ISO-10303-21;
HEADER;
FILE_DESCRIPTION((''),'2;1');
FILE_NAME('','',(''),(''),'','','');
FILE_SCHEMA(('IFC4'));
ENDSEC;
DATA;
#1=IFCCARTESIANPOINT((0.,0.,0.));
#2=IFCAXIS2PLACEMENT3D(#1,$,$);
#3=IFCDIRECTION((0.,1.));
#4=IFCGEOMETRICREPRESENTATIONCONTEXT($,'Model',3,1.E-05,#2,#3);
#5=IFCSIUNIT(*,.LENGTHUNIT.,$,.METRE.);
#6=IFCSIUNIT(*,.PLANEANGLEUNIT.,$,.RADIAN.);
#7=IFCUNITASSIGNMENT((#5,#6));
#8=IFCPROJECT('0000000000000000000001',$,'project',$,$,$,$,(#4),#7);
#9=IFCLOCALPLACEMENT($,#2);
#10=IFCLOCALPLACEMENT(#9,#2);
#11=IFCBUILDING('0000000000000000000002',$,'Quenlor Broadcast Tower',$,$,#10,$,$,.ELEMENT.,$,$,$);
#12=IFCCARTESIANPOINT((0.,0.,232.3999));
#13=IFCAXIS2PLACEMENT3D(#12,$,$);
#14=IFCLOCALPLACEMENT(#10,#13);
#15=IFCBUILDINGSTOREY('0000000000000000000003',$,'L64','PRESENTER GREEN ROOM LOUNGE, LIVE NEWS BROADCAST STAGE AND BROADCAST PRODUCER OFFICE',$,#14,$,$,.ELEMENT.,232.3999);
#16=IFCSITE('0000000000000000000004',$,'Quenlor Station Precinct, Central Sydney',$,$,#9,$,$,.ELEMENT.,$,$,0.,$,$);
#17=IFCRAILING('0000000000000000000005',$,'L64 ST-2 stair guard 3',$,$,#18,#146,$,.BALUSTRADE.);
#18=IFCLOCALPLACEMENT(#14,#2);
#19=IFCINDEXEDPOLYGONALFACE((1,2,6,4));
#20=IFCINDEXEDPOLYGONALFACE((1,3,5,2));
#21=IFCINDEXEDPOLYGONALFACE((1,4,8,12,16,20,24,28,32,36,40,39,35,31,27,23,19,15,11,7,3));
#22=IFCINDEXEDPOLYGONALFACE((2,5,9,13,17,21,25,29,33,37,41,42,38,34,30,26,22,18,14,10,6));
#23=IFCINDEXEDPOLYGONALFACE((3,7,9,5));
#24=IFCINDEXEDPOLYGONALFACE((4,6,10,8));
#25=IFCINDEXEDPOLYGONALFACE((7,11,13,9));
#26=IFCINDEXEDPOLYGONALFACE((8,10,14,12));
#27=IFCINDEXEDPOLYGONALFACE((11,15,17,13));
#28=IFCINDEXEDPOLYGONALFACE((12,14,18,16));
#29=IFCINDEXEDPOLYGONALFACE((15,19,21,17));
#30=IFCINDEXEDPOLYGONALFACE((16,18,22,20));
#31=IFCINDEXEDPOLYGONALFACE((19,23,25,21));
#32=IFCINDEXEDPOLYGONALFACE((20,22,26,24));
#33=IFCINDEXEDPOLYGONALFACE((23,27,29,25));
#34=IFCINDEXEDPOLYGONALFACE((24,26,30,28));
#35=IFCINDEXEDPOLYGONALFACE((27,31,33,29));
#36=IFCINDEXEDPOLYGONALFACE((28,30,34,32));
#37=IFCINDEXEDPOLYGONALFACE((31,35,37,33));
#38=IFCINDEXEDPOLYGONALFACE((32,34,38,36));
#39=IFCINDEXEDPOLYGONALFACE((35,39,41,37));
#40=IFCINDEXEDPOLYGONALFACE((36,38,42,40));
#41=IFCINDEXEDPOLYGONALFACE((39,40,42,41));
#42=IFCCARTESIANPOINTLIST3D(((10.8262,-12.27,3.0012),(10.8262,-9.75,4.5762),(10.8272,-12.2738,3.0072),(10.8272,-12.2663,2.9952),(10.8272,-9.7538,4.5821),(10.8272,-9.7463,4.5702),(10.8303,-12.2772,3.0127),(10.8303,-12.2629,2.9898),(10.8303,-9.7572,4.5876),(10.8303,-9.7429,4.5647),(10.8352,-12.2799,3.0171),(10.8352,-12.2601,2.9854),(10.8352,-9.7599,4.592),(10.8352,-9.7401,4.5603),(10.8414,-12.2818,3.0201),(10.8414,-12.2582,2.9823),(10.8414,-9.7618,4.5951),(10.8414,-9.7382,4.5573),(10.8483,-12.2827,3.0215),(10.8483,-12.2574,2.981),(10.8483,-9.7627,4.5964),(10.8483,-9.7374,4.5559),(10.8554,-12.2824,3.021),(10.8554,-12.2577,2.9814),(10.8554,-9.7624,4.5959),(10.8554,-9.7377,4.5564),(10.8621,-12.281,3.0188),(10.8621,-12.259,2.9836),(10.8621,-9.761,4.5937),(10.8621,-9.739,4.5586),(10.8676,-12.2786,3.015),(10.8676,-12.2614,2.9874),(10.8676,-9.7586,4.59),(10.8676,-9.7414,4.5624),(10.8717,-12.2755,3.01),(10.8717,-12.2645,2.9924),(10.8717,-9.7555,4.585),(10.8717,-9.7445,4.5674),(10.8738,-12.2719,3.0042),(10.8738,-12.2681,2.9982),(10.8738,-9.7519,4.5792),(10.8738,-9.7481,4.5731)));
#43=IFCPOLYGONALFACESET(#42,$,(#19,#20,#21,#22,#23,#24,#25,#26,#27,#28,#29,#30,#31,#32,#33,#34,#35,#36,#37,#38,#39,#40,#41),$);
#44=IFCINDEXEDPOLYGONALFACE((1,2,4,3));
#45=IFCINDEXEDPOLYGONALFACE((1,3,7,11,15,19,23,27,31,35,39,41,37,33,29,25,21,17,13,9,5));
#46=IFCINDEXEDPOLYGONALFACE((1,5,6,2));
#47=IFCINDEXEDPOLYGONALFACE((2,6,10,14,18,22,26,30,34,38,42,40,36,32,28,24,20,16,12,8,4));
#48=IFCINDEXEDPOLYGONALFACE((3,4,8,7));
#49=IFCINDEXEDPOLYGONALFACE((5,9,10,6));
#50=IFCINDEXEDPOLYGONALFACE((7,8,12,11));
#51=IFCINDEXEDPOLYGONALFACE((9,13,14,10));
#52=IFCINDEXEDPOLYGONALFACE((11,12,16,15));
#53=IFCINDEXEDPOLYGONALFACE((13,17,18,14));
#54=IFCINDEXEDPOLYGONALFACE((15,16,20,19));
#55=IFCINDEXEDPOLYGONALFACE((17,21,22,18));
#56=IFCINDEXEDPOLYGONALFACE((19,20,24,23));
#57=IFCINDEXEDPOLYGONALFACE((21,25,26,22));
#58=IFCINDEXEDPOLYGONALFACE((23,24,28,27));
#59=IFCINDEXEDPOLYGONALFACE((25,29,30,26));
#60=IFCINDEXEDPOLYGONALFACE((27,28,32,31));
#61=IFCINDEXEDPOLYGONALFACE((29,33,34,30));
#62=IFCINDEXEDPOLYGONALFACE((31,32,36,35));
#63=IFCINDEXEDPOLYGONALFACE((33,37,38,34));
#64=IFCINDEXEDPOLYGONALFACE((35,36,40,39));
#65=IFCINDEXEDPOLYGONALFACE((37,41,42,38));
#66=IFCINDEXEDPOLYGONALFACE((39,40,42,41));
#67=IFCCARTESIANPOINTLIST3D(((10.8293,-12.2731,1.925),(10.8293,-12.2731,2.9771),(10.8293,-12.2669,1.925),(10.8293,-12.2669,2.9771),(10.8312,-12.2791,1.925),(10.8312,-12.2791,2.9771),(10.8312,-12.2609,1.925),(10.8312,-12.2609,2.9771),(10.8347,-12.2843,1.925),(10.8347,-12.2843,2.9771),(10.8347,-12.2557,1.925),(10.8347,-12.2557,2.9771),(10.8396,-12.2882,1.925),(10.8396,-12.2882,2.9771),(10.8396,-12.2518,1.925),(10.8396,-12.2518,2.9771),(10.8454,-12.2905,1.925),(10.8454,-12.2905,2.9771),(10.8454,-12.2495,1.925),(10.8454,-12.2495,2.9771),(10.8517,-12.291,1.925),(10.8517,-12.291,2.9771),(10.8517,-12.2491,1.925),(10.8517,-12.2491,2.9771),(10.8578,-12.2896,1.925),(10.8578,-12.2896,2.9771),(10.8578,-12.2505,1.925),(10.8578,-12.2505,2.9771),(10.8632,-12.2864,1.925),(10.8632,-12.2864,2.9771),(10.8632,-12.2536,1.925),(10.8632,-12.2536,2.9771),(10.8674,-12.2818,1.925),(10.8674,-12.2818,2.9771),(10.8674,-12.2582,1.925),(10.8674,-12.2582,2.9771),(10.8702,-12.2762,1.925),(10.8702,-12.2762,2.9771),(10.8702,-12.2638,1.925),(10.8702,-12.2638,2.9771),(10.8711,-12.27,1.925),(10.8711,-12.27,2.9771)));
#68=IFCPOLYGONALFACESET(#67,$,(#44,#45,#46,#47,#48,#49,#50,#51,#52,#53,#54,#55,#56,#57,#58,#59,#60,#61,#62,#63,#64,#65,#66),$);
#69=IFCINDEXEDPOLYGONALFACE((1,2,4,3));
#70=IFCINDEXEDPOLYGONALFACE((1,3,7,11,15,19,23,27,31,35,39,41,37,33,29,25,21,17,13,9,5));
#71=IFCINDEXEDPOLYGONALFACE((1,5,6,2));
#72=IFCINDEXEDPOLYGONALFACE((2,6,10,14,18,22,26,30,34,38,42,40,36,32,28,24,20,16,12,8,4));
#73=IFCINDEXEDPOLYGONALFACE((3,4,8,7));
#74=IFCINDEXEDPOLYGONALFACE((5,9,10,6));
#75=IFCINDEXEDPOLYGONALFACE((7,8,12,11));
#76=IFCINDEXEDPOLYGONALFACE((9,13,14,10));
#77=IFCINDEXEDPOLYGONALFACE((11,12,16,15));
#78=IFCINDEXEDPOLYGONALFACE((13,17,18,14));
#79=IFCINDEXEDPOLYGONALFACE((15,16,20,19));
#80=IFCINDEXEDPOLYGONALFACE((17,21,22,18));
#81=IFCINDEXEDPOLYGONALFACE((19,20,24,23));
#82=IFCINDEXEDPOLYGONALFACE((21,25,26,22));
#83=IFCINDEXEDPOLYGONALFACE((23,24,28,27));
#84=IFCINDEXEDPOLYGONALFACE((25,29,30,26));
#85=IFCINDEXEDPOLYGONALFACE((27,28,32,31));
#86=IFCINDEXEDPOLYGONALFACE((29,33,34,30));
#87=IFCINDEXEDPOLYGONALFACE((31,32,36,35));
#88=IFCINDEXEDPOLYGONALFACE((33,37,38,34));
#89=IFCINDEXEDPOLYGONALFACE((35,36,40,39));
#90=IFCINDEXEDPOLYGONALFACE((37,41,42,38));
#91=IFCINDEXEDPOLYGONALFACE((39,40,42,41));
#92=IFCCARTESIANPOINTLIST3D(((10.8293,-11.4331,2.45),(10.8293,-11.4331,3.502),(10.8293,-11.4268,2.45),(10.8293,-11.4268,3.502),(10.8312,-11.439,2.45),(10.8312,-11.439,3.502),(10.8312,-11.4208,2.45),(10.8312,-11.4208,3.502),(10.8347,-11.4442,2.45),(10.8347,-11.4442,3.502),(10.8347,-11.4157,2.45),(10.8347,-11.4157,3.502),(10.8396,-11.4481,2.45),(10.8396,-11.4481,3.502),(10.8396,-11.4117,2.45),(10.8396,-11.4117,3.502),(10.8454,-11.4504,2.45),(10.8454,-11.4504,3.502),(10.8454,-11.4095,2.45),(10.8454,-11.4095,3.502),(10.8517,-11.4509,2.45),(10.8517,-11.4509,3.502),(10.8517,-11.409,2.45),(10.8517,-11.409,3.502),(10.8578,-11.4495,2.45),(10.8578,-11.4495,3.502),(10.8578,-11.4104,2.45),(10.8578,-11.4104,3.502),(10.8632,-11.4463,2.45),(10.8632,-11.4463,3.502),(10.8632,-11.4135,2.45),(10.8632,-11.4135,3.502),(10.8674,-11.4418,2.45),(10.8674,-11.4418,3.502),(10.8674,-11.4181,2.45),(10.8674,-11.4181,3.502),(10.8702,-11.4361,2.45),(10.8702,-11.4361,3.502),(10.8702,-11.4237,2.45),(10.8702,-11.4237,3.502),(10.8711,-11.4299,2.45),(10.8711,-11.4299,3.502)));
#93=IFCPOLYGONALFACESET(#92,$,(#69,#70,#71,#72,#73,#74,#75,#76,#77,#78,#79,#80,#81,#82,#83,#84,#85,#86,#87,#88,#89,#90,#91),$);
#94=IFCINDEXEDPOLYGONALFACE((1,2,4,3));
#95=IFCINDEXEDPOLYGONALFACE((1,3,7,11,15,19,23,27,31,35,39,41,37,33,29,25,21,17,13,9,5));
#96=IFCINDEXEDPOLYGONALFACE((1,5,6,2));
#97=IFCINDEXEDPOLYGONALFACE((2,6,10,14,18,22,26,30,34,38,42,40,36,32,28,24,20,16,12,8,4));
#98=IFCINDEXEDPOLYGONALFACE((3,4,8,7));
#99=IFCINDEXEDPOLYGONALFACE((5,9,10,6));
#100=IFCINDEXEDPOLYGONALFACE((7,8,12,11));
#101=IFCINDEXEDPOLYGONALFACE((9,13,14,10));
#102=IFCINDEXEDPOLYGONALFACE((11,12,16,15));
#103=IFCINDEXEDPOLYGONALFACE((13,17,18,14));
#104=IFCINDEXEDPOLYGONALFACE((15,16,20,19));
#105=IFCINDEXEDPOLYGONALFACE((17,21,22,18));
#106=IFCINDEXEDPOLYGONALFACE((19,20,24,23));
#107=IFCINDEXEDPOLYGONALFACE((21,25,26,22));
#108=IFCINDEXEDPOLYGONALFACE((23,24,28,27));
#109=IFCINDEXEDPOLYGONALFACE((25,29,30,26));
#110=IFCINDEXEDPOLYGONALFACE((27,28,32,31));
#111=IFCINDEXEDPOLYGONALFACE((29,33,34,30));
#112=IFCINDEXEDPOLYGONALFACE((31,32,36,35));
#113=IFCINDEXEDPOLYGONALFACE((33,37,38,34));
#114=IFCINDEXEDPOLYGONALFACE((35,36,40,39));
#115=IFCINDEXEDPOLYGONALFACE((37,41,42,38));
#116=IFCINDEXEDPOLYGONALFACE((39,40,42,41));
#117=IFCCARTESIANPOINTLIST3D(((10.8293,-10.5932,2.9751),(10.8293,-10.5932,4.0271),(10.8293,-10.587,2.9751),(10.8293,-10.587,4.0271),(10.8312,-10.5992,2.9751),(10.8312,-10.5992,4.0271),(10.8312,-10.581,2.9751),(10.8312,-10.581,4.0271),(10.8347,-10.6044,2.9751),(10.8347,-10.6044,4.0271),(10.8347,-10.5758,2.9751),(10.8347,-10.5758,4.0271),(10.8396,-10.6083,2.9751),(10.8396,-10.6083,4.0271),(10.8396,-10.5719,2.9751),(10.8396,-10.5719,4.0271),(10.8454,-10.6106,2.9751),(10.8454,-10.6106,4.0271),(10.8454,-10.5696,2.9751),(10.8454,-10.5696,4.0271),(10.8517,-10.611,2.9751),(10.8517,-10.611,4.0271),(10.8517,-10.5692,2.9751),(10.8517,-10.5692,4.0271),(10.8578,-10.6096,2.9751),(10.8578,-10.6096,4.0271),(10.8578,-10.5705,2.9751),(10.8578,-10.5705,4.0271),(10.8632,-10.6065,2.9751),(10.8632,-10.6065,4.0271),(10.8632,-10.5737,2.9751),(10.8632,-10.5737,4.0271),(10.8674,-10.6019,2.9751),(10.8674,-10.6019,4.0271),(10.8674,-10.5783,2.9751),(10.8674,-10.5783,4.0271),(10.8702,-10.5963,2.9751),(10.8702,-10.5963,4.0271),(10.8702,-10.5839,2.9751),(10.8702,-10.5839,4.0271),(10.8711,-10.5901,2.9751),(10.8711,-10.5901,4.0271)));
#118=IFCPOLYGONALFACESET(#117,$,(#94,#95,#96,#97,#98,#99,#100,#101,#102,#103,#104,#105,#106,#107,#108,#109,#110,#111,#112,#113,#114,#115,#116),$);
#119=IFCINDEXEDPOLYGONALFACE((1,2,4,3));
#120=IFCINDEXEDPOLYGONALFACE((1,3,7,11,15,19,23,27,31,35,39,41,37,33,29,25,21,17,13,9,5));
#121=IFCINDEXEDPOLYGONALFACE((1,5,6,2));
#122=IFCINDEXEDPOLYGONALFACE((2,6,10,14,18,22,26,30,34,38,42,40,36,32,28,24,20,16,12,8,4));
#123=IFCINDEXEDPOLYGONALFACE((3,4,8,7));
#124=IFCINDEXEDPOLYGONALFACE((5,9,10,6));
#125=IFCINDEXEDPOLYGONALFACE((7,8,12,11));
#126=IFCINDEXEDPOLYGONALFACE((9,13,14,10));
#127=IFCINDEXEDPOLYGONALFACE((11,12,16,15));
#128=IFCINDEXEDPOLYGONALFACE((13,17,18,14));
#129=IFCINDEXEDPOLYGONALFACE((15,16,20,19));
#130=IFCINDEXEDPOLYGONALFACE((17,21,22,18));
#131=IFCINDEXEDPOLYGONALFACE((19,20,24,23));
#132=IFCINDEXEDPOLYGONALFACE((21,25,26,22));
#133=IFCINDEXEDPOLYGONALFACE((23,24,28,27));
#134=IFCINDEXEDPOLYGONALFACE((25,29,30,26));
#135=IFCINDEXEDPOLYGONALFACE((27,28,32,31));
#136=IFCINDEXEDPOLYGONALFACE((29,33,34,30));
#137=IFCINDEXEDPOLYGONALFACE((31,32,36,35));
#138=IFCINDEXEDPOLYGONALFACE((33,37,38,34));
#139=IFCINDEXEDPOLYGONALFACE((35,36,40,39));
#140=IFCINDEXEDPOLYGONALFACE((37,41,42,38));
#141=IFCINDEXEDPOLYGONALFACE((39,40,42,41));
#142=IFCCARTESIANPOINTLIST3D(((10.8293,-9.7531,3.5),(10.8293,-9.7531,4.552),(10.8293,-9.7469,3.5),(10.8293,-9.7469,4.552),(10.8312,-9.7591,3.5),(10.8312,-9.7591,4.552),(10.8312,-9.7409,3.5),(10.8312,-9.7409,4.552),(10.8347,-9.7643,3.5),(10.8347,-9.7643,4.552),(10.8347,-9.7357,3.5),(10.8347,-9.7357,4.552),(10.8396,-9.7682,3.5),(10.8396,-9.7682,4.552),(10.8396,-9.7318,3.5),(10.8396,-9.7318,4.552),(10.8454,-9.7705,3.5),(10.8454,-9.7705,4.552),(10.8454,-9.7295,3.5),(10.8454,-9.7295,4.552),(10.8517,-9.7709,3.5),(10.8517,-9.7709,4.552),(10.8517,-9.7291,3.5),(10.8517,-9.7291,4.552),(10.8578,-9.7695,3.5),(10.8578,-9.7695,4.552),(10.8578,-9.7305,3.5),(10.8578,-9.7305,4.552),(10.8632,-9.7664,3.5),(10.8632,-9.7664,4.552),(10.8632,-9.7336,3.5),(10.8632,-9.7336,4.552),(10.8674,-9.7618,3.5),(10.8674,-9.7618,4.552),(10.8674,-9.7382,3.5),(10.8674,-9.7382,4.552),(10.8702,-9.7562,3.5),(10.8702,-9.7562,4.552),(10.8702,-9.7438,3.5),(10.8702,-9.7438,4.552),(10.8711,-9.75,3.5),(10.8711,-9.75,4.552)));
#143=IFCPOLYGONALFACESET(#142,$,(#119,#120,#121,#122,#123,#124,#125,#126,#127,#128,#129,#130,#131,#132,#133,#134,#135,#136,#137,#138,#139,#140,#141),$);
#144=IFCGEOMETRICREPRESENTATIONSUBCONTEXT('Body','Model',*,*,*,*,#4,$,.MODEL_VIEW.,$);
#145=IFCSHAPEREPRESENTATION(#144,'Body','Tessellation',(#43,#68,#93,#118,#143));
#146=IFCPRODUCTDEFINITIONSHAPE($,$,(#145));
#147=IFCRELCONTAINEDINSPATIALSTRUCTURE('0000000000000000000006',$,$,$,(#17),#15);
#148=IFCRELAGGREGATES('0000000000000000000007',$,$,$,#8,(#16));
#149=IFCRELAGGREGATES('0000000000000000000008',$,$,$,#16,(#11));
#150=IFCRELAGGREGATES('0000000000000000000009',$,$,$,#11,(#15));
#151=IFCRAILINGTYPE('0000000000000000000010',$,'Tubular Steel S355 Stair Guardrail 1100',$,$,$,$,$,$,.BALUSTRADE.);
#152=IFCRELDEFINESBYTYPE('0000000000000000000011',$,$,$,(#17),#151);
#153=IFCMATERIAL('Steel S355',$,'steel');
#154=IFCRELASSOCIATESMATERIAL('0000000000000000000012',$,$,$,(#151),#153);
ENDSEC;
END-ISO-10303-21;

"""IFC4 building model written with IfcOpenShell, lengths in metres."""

from ifc_helpers import new_model, si_unit, direction, frame, origin, origin_2d, place, context, subcontext, project, spatial, circle, extrude, material, type_object, element, save


model = new_model("IFC4")

# Units and contexts
model_context = context("Model", 3, precision=1e-05, world=origin(), true_north=direction((0.0, 1.0)))
body_context = subcontext(model_context, "Body", "Model", "MODEL_VIEW")
ifc_project = project(units=[si_unit("LENGTHUNIT", "METRE"), si_unit("PLANEANGLEUNIT", "RADIAN")], contexts=[model_context])

# Site, building, storey
site_placement = place(None, origin())
site = spatial("IfcSite", under=ifc_project, at=site_placement, Name="Quenlor Station Precinct, Central Sydney", CompositionType="ELEMENT", RefElevation=0.0)
building_placement = place(site_placement, origin())
building = spatial("IfcBuilding", under=site, at=building_placement, Name="Quenlor Broadcast Tower", CompositionType="ELEMENT")
storey_placement = place(building_placement, frame((0.0, 0.0, 232.3999)))
storey = spatial("IfcBuildingStorey", under=building, at=storey_placement, Name="L64", Description="PRESENTER GREEN ROOM LOUNGE, LIVE NEWS BROADCAST STAGE AND BROADCAST PRODUCER OFFICE", CompositionType="ELEMENT", Elevation=232.3999)

# Railing
ifc_material_1 = material(Name="Steel S355", Category="steel")
railing_type = type_object("IfcRailingType", Name="Tubular Steel S355 Stair Guardrail 1100", PredefinedType="BALUSTRADE", material=ifc_material_1)
railing_placement = place(storey_placement, frame((10.8501, -12.27, 1.925)))
element("IfcRailing", 1, at=railing_placement, inside=storey, type_object=railing_type, Name="L64 ST-2 stair guard 3", PredefinedType="BALUSTRADE", context=body_context, shape_type="SweptSolid", body=[
    extrude(circle(Radius=0.0239, at=origin_2d()), frame((0.0, 0.0, 1.0762), z_axis=(0.0, 0.848008, 0.529984), x_axis=(-1.0, 0.0, 0.0)), (0.0, 0.0, 1.0), 2.9717),
    extrude(circle(Radius=0.021, at=origin_2d()), origin(), (0.0, 0.0, 1.0), 1.052),
    extrude(circle(Radius=0.021, at=origin_2d()), frame((0.0, 0.8401, 0.5249)), (0.0, 0.0, 1.0), 1.052),
    extrude(circle(Radius=0.021, at=origin_2d()), frame((0.0, 1.6799, 1.05)), (0.0, 0.0, 1.0), 1.052),
    extrude(circle(Radius=0.021, at=origin_2d()), frame((0.0, 2.52, 1.575)), (0.0, 0.0, 1.0), 1.052),
])

save(model, "model.ifc")
